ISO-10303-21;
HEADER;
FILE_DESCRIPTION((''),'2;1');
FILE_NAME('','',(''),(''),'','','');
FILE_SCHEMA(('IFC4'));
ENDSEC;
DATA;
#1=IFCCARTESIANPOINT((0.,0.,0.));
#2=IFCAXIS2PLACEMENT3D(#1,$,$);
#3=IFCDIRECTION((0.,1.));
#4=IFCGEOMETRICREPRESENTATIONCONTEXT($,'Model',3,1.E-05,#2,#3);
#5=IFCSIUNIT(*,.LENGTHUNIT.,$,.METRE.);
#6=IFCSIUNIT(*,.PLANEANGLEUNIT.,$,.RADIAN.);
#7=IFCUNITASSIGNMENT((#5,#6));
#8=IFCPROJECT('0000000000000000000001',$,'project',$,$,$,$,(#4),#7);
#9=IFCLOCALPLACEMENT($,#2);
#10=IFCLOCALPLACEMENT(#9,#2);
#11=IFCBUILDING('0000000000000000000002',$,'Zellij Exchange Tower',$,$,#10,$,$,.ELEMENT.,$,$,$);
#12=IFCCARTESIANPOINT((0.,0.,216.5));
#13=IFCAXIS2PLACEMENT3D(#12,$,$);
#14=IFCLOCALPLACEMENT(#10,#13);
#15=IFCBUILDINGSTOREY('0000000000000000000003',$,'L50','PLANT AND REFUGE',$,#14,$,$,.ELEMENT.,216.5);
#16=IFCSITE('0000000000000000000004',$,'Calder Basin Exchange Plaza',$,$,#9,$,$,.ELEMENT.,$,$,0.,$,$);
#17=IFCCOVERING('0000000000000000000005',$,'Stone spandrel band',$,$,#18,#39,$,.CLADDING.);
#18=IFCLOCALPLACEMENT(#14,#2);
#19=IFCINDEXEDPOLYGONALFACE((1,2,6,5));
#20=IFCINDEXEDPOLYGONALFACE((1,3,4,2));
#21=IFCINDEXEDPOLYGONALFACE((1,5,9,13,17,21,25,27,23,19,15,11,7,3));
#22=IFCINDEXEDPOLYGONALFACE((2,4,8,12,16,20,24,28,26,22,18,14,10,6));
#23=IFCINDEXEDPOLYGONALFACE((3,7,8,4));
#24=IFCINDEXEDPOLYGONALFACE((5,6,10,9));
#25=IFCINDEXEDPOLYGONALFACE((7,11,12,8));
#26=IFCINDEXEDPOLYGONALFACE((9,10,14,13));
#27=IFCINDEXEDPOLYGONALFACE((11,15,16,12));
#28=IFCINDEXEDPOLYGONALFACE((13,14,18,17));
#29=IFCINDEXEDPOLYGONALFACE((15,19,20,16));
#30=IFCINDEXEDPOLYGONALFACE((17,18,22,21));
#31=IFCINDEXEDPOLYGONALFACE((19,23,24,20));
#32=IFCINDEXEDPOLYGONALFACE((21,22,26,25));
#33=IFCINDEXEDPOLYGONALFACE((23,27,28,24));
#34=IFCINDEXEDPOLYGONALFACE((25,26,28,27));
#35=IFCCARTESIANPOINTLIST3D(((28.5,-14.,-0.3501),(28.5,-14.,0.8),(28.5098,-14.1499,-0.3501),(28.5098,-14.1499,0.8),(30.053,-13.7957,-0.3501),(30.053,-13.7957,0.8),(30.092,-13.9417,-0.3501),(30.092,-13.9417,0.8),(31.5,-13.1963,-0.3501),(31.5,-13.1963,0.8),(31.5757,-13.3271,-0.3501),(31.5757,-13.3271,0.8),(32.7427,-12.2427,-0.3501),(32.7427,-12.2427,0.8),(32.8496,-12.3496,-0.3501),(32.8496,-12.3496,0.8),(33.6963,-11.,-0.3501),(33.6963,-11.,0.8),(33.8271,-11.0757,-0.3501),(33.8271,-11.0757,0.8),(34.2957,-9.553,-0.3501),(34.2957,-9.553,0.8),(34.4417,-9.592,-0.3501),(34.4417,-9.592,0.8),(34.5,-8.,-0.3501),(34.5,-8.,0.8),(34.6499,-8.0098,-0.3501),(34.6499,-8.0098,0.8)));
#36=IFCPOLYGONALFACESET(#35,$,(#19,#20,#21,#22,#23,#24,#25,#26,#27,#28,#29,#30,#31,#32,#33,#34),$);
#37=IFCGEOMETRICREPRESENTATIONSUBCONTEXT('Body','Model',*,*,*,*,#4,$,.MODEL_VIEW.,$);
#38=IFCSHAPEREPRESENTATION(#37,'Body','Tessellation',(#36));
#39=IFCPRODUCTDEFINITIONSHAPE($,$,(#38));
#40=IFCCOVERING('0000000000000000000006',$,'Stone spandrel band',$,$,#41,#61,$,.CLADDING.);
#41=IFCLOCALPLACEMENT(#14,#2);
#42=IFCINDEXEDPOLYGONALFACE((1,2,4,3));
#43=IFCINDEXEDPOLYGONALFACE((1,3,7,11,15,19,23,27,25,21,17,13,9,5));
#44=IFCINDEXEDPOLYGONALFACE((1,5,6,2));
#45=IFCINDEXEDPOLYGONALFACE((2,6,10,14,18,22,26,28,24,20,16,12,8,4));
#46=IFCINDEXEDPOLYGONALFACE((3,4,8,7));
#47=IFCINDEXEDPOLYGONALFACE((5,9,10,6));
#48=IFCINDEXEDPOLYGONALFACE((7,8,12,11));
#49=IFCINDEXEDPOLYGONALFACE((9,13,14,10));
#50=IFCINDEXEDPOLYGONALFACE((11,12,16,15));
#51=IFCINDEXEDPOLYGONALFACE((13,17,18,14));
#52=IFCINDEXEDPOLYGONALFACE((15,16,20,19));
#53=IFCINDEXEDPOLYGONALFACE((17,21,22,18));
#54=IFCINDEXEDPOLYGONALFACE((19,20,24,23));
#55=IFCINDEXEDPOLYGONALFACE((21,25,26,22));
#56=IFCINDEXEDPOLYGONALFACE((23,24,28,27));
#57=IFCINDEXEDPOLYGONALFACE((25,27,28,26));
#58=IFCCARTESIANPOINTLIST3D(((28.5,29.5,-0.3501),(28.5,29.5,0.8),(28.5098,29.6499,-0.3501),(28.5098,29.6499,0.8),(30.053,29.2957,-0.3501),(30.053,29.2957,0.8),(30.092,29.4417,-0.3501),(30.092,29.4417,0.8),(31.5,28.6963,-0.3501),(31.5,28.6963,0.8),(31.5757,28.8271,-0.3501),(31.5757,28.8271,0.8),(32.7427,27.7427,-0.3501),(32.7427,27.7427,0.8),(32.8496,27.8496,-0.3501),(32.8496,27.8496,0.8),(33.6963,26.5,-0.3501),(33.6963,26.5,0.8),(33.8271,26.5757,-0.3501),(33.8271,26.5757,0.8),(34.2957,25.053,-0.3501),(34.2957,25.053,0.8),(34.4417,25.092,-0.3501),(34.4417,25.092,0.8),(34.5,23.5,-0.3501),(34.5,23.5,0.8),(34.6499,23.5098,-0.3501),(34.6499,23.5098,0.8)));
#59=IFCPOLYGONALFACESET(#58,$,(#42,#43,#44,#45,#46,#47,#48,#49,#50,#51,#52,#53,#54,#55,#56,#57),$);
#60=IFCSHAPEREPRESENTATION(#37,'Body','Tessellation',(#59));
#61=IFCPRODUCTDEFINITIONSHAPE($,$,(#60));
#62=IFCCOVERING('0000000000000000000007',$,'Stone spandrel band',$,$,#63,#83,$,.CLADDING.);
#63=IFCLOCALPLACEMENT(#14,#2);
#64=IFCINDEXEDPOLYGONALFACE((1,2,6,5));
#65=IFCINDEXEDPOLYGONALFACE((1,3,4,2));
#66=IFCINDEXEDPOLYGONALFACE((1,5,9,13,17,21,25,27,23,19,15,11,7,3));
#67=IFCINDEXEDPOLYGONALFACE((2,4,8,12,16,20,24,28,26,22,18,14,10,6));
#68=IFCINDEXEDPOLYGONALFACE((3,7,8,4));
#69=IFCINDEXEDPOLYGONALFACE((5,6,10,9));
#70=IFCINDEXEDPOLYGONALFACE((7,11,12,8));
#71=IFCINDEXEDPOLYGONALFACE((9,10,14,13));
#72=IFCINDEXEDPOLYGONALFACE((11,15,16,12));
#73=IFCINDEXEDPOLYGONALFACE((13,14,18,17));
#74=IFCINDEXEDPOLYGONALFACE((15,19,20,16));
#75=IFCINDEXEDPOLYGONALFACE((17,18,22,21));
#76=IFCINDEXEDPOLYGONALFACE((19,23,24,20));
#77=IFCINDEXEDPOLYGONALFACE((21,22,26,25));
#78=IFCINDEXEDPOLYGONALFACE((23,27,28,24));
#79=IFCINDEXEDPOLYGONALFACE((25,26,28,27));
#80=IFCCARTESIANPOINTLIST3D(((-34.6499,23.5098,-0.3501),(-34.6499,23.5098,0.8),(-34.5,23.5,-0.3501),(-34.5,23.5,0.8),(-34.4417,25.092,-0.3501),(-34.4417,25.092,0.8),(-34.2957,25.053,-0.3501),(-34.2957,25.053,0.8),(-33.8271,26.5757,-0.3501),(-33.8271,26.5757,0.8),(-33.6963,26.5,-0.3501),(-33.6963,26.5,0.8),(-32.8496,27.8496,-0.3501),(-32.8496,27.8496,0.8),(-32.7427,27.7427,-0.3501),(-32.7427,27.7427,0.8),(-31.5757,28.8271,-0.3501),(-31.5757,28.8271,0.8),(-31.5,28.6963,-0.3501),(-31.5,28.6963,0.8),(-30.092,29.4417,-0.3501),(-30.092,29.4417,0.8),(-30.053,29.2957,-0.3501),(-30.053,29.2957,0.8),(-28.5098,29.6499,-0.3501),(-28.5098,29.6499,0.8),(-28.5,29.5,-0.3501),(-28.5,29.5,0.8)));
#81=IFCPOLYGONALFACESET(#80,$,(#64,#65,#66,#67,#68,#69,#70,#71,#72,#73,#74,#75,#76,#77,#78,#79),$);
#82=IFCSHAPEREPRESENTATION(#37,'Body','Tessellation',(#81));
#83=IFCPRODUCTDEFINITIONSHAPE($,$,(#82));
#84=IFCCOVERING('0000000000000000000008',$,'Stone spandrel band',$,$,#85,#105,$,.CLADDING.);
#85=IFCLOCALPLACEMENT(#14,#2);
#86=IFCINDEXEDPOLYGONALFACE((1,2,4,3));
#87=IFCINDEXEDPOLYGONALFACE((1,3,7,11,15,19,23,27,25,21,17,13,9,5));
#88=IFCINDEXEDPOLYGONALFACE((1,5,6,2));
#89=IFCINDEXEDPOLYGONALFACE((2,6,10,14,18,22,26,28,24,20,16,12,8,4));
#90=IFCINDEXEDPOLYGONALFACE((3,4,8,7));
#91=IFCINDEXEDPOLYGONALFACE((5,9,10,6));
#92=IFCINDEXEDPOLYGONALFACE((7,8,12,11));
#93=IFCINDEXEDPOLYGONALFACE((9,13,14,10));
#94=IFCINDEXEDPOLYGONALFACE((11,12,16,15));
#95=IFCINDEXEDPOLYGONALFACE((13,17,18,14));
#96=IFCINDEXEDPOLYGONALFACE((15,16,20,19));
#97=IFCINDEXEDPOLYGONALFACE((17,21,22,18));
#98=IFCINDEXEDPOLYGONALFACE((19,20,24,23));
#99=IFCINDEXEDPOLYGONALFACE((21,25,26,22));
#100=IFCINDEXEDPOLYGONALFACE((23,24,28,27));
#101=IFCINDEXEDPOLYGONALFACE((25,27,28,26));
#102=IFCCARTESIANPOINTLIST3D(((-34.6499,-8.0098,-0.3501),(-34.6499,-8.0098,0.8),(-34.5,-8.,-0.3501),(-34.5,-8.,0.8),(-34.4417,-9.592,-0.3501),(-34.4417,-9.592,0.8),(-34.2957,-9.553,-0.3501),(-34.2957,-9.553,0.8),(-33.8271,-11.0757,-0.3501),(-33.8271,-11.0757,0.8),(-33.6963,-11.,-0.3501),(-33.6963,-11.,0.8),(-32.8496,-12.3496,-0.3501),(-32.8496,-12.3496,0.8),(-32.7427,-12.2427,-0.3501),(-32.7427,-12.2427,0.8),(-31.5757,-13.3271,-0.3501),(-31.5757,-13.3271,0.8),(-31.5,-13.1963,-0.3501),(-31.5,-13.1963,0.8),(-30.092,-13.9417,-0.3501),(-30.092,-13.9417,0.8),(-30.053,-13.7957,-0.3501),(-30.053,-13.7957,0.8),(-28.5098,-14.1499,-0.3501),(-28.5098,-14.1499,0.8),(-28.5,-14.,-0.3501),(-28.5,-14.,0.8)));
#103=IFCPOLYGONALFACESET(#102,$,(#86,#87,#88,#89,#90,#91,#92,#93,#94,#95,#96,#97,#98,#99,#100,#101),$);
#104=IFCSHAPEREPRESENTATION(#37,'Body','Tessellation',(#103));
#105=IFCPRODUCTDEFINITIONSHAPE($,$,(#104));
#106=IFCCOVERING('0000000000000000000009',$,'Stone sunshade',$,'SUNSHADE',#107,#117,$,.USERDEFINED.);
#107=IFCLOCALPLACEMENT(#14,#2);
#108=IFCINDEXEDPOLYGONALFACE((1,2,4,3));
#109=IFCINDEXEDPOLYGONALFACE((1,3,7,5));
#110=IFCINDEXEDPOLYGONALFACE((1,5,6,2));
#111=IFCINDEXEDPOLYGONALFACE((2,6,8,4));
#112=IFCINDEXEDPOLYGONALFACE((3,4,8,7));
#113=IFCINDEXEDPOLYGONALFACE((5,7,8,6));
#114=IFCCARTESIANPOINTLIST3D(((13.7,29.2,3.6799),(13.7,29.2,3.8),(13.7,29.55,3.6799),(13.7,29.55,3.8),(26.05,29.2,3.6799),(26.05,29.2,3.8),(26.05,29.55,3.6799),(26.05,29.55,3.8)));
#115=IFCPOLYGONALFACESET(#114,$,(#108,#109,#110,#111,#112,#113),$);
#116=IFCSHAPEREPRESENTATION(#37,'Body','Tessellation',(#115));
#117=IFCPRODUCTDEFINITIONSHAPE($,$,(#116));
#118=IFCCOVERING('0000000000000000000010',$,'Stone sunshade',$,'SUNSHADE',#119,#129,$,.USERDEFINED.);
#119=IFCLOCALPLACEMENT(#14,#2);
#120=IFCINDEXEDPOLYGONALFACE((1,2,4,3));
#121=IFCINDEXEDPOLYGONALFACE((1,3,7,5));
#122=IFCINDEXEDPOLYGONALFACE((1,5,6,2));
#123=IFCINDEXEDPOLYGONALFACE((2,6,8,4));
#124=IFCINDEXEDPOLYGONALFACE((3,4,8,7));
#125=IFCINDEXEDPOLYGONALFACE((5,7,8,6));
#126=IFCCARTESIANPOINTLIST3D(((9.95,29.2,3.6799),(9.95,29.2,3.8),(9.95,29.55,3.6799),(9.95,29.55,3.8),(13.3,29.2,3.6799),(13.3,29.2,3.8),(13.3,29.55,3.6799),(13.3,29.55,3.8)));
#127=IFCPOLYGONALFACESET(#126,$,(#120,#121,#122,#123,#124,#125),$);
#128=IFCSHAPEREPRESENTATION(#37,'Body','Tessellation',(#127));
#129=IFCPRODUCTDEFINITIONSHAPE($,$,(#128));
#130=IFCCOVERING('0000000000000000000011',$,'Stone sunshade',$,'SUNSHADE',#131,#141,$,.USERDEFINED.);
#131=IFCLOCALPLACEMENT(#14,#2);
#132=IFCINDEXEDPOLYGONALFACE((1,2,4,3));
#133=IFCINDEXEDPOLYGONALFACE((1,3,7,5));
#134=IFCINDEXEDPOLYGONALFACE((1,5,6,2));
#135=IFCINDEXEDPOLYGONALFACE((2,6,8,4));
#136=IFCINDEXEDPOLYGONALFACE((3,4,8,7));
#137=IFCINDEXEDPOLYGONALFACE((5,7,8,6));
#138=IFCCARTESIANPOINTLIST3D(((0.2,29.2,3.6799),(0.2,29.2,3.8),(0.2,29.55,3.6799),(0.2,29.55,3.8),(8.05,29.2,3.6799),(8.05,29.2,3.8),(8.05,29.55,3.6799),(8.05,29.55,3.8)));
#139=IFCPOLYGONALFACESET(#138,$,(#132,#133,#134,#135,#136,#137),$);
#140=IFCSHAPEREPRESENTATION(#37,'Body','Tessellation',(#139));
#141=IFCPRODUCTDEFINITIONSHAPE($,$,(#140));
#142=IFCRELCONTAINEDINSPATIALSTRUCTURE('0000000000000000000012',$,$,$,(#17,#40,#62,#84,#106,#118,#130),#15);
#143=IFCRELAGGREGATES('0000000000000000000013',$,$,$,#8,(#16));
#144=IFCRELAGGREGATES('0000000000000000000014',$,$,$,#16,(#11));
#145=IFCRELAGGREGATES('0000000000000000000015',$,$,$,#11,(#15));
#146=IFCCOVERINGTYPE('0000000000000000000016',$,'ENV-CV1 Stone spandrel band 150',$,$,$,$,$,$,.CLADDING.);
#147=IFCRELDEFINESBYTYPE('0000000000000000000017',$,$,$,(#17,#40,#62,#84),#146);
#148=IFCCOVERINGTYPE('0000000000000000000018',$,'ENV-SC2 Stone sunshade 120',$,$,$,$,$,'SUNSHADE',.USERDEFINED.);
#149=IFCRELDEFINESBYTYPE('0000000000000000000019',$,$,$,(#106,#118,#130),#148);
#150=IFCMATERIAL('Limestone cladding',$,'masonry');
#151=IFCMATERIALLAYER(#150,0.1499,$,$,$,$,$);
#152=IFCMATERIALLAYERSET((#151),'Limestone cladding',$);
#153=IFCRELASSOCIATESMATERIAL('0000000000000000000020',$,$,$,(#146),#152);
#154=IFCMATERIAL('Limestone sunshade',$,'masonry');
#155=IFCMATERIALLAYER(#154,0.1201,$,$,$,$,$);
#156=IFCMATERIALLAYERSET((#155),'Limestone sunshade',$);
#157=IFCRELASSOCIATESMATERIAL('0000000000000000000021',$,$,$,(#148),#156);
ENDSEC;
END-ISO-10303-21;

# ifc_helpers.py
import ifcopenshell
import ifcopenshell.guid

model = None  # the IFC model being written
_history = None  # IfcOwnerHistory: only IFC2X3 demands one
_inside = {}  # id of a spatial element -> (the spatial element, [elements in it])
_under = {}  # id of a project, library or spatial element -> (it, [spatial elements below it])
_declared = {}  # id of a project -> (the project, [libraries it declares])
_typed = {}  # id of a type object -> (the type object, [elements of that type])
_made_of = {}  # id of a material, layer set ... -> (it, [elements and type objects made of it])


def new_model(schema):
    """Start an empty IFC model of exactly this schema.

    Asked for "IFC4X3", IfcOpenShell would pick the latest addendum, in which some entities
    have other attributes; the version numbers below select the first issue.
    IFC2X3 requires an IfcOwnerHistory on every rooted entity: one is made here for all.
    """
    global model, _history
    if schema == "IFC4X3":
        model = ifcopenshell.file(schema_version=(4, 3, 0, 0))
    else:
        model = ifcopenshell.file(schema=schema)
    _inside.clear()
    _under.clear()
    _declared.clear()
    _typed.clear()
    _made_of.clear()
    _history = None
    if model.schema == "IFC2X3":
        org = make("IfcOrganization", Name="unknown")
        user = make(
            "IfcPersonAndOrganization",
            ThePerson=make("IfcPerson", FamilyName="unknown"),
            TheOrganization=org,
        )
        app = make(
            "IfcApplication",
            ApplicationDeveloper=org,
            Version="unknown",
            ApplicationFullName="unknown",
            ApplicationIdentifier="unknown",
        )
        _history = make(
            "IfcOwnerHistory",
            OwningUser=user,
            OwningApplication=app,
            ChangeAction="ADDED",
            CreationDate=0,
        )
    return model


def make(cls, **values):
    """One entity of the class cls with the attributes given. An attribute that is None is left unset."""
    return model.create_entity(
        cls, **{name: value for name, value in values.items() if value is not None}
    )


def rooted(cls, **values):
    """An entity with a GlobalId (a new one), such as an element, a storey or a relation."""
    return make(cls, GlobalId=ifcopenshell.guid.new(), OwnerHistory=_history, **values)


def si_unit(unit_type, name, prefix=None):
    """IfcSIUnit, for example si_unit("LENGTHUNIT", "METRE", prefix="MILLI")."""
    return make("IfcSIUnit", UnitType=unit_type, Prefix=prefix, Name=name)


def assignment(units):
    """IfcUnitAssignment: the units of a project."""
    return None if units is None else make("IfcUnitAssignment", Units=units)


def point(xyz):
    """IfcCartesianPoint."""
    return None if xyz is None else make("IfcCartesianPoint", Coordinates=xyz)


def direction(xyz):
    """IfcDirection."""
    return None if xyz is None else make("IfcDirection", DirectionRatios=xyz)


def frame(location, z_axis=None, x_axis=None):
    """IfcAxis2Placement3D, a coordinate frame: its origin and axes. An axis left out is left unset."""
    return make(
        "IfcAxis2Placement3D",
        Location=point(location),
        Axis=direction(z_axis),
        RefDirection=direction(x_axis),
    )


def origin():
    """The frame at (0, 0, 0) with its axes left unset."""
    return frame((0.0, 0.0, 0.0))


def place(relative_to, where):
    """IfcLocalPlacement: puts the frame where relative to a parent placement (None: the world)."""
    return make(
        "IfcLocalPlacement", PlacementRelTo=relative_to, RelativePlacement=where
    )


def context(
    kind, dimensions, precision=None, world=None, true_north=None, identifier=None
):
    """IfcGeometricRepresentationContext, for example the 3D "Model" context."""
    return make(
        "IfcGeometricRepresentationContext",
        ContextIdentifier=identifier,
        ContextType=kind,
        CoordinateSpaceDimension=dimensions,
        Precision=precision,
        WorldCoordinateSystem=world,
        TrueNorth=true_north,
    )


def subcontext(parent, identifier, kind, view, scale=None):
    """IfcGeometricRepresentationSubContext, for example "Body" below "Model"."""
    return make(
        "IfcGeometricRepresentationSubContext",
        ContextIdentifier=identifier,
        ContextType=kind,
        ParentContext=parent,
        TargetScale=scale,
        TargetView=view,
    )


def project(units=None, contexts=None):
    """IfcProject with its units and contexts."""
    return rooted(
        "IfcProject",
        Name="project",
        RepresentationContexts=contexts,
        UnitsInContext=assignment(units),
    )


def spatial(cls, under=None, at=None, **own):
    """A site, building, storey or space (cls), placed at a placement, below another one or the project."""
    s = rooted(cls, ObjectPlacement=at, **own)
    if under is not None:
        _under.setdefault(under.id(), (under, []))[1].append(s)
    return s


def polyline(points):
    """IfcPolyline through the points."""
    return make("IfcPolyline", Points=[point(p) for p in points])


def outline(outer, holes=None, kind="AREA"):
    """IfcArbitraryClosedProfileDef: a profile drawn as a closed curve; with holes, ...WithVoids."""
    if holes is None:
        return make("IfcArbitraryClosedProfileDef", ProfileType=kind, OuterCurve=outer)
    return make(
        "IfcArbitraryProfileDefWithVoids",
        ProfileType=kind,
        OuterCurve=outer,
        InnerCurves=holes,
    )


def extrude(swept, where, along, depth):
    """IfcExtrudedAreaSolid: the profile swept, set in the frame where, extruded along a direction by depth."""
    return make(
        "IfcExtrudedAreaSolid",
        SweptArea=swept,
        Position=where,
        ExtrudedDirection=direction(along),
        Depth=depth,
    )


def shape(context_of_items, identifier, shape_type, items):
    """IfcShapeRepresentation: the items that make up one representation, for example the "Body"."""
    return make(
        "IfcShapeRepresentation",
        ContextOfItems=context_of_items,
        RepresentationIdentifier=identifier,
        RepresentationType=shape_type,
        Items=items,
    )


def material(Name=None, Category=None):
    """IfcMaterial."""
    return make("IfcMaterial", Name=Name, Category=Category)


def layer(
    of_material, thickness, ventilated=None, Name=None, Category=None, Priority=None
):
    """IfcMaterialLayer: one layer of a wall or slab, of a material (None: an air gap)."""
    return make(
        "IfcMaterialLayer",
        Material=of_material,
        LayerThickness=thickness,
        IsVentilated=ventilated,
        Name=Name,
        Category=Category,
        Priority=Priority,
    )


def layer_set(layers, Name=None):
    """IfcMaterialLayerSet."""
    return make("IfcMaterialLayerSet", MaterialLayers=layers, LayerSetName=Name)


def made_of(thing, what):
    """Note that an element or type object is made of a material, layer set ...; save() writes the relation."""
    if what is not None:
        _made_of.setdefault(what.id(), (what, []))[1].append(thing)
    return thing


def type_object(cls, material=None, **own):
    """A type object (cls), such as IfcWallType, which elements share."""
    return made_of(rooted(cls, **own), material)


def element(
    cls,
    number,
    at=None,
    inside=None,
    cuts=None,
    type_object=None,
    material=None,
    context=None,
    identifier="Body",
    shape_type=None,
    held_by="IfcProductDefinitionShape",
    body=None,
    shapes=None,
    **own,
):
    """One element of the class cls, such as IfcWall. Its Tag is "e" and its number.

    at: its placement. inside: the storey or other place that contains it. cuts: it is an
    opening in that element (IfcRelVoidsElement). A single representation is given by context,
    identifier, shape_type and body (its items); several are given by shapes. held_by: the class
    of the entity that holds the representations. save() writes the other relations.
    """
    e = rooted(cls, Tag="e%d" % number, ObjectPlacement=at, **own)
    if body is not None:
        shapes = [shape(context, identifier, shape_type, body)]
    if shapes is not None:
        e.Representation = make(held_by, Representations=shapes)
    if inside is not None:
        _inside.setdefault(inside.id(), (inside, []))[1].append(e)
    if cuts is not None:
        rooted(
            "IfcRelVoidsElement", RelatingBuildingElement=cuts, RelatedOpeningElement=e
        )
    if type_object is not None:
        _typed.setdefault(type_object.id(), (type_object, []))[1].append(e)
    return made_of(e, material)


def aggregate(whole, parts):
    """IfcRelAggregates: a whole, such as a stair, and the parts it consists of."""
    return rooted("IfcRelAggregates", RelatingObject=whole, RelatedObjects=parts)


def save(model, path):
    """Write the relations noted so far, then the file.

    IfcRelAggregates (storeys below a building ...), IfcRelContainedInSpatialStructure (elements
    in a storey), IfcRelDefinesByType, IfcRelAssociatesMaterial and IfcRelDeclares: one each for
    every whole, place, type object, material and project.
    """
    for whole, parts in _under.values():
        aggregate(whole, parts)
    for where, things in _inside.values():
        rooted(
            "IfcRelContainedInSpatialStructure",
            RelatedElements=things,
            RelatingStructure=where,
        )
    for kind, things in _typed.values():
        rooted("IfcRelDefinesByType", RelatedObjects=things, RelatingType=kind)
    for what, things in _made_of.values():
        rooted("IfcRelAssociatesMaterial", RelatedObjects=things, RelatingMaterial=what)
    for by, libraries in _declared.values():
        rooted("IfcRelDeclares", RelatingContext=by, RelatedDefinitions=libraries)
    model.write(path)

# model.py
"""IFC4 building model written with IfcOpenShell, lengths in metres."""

from ifc_helpers import new_model, si_unit, direction, frame, origin, place, context, subcontext, project, spatial, polyline, outline, extrude, material, layer, layer_set, type_object, element, save


model = new_model("IFC4")

# Units and contexts
model_context = context("Model", 3, precision=1e-05, world=origin(), true_north=direction((0.0, 1.0)))
body_context = subcontext(model_context, "Body", "Model", "MODEL_VIEW")
ifc_project = project(units=[si_unit("LENGTHUNIT", "METRE"), si_unit("PLANEANGLEUNIT", "RADIAN")], contexts=[model_context])

# Site, building, storey
site_placement = place(None, origin())
site = spatial("IfcSite", under=ifc_project, at=site_placement, Name="Calder Basin Exchange Plaza", CompositionType="ELEMENT", RefElevation=0.0)
building_placement = place(site_placement, origin())
building = spatial("IfcBuilding", under=site, at=building_placement, Name="Zellij Exchange Tower", CompositionType="ELEMENT")
storey_placement = place(building_placement, frame((0.0, 0.0, 216.5)))
storey = spatial("IfcBuildingStorey", under=building, at=storey_placement, Name="L50", Description="PLANT AND REFUGE", CompositionType="ELEMENT", Elevation=216.5)

# Coverings
ifc_material_1 = material(Name="Limestone cladding", Category="masonry")
ifc_layer_1 = layer(ifc_material_1, 0.1499)
ifc_layer_set_1 = layer_set([ifc_layer_1], Name="Limestone cladding")
covering_type_1 = type_object("IfcCoveringType", Name="ENV-CV1 Stone spandrel band 150", PredefinedType="CLADDING", material=ifc_layer_set_1)
covering_1_placement = place(storey_placement, frame((0.0, 0.0, -0.3501)))
element("IfcCovering", 1, at=covering_1_placement, inside=storey, type_object=covering_type_1, Name="Stone spandrel band", PredefinedType="CLADDING", context=body_context, shape_type="SweptSolid", body=[
    extrude(outline(polyline([(28.5, -14.0), (30.053, -13.7957), (31.5, -13.1963), (32.7427, -12.2427), (33.6963, -11.0), (34.2957, -9.553), (34.5, -8.0), (34.6499, -8.0098), (34.4417, -9.592), (33.8271, -11.0757), (32.8496, -12.3496), (31.5757, -13.3271), (30.092, -13.9417), (28.5098, -14.1499), (28.5, -14.0)])), origin(), (0.0, 0.0, 1.0), 1.1501),
])
covering_2_placement = place(storey_placement, frame((0.0, 0.0, -0.3501)))
element("IfcCovering", 2, at=covering_2_placement, inside=storey, type_object=covering_type_1, Name="Stone spandrel band", PredefinedType="CLADDING", context=body_context, shape_type="SweptSolid", body=[
    extrude(outline(polyline([(34.5, 23.5), (34.2957, 25.053), (33.6963, 26.5), (32.7427, 27.7427), (31.5, 28.6963), (30.053, 29.2957), (28.5, 29.5), (28.5098, 29.6499), (30.092, 29.4417), (31.5757, 28.8271), (32.8496, 27.8496), (33.8271, 26.5757), (34.4417, 25.092), (34.6499, 23.5098), (34.5, 23.5)])), origin(), (0.0, 0.0, 1.0), 1.1501),
])
covering_3_placement = place(storey_placement, frame((0.0, 0.0, -0.3501)))
element("IfcCovering", 3, at=covering_3_placement, inside=storey, type_object=covering_type_1, Name="Stone spandrel band", PredefinedType="CLADDING", context=body_context, shape_type="SweptSolid", body=[
    extrude(outline(polyline([(-28.5, 29.5), (-30.053, 29.2957), (-31.5, 28.6963), (-32.7427, 27.7427), (-33.6963, 26.5), (-34.2957, 25.053), (-34.5, 23.5), (-34.6499, 23.5098), (-34.4417, 25.092), (-33.8271, 26.5757), (-32.8496, 27.8496), (-31.5757, 28.8271), (-30.092, 29.4417), (-28.5098, 29.6499), (-28.5, 29.5)])), origin(), (0.0, 0.0, 1.0), 1.1501),
])
covering_4_placement = place(storey_placement, frame((0.0, 0.0, -0.3501)))
element("IfcCovering", 4, at=covering_4_placement, inside=storey, type_object=covering_type_1, Name="Stone spandrel band", PredefinedType="CLADDING", context=body_context, shape_type="SweptSolid", body=[
    extrude(outline(polyline([(-34.5, -8.0), (-34.2957, -9.553), (-33.6963, -11.0), (-32.7427, -12.2427), (-31.5, -13.1963), (-30.053, -13.7957), (-28.5, -14.0), (-28.5098, -14.1499), (-30.092, -13.9417), (-31.5757, -13.3271), (-32.8496, -12.3496), (-33.8271, -11.0757), (-34.4417, -9.592), (-34.6499, -8.0098), (-34.5, -8.0)])), origin(), (0.0, 0.0, 1.0), 1.1501),
])
ifc_material_2 = material(Name="Limestone sunshade", Category="masonry")
ifc_layer_2 = layer(ifc_material_2, 0.1201)
ifc_layer_set_2 = layer_set([ifc_layer_2], Name="Limestone sunshade")
covering_type_2 = type_object("IfcCoveringType", Name="ENV-SC2 Stone sunshade 120", ElementType="SUNSHADE", PredefinedType="USERDEFINED", material=ifc_layer_set_2)
covering_5_placement = place(storey_placement, frame((0.0, 0.0, 3.6799)))
element("IfcCovering", 5, at=covering_5_placement, inside=storey, type_object=covering_type_2, Name="Stone sunshade", ObjectType="SUNSHADE", PredefinedType="USERDEFINED", context=body_context, shape_type="SweptSolid", body=[
    extrude(outline(polyline([(26.05, 29.2), (13.7, 29.2), (13.7, 29.55), (26.05, 29.55), (26.05, 29.2)])), origin(), (0.0, 0.0, 1.0), 0.1201),
])
covering_6_placement = place(storey_placement, frame((0.0, 0.0, 3.6799)))
element("IfcCovering", 6, at=covering_6_placement, inside=storey, type_object=covering_type_2, Name="Stone sunshade", ObjectType="SUNSHADE", PredefinedType="USERDEFINED", context=body_context, shape_type="SweptSolid", body=[
    extrude(outline(polyline([(13.3, 29.2), (9.95, 29.2), (9.95, 29.55), (13.3, 29.55), (13.3, 29.2)])), origin(), (0.0, 0.0, 1.0), 0.1201),
])
covering_7_placement = place(storey_placement, frame((0.0, 0.0, 3.6799)))
element("IfcCovering", 7, at=covering_7_placement, inside=storey, type_object=covering_type_2, Name="Stone sunshade", ObjectType="SUNSHADE", PredefinedType="USERDEFINED", context=body_context, shape_type="SweptSolid", body=[
    extrude(outline(polyline([(8.05, 29.2), (0.2, 29.2), (0.2, 29.55), (8.05, 29.55), (8.05, 29.2)])), origin(), (0.0, 0.0, 1.0), 0.1201),
])

save(model, "model.ifc")
